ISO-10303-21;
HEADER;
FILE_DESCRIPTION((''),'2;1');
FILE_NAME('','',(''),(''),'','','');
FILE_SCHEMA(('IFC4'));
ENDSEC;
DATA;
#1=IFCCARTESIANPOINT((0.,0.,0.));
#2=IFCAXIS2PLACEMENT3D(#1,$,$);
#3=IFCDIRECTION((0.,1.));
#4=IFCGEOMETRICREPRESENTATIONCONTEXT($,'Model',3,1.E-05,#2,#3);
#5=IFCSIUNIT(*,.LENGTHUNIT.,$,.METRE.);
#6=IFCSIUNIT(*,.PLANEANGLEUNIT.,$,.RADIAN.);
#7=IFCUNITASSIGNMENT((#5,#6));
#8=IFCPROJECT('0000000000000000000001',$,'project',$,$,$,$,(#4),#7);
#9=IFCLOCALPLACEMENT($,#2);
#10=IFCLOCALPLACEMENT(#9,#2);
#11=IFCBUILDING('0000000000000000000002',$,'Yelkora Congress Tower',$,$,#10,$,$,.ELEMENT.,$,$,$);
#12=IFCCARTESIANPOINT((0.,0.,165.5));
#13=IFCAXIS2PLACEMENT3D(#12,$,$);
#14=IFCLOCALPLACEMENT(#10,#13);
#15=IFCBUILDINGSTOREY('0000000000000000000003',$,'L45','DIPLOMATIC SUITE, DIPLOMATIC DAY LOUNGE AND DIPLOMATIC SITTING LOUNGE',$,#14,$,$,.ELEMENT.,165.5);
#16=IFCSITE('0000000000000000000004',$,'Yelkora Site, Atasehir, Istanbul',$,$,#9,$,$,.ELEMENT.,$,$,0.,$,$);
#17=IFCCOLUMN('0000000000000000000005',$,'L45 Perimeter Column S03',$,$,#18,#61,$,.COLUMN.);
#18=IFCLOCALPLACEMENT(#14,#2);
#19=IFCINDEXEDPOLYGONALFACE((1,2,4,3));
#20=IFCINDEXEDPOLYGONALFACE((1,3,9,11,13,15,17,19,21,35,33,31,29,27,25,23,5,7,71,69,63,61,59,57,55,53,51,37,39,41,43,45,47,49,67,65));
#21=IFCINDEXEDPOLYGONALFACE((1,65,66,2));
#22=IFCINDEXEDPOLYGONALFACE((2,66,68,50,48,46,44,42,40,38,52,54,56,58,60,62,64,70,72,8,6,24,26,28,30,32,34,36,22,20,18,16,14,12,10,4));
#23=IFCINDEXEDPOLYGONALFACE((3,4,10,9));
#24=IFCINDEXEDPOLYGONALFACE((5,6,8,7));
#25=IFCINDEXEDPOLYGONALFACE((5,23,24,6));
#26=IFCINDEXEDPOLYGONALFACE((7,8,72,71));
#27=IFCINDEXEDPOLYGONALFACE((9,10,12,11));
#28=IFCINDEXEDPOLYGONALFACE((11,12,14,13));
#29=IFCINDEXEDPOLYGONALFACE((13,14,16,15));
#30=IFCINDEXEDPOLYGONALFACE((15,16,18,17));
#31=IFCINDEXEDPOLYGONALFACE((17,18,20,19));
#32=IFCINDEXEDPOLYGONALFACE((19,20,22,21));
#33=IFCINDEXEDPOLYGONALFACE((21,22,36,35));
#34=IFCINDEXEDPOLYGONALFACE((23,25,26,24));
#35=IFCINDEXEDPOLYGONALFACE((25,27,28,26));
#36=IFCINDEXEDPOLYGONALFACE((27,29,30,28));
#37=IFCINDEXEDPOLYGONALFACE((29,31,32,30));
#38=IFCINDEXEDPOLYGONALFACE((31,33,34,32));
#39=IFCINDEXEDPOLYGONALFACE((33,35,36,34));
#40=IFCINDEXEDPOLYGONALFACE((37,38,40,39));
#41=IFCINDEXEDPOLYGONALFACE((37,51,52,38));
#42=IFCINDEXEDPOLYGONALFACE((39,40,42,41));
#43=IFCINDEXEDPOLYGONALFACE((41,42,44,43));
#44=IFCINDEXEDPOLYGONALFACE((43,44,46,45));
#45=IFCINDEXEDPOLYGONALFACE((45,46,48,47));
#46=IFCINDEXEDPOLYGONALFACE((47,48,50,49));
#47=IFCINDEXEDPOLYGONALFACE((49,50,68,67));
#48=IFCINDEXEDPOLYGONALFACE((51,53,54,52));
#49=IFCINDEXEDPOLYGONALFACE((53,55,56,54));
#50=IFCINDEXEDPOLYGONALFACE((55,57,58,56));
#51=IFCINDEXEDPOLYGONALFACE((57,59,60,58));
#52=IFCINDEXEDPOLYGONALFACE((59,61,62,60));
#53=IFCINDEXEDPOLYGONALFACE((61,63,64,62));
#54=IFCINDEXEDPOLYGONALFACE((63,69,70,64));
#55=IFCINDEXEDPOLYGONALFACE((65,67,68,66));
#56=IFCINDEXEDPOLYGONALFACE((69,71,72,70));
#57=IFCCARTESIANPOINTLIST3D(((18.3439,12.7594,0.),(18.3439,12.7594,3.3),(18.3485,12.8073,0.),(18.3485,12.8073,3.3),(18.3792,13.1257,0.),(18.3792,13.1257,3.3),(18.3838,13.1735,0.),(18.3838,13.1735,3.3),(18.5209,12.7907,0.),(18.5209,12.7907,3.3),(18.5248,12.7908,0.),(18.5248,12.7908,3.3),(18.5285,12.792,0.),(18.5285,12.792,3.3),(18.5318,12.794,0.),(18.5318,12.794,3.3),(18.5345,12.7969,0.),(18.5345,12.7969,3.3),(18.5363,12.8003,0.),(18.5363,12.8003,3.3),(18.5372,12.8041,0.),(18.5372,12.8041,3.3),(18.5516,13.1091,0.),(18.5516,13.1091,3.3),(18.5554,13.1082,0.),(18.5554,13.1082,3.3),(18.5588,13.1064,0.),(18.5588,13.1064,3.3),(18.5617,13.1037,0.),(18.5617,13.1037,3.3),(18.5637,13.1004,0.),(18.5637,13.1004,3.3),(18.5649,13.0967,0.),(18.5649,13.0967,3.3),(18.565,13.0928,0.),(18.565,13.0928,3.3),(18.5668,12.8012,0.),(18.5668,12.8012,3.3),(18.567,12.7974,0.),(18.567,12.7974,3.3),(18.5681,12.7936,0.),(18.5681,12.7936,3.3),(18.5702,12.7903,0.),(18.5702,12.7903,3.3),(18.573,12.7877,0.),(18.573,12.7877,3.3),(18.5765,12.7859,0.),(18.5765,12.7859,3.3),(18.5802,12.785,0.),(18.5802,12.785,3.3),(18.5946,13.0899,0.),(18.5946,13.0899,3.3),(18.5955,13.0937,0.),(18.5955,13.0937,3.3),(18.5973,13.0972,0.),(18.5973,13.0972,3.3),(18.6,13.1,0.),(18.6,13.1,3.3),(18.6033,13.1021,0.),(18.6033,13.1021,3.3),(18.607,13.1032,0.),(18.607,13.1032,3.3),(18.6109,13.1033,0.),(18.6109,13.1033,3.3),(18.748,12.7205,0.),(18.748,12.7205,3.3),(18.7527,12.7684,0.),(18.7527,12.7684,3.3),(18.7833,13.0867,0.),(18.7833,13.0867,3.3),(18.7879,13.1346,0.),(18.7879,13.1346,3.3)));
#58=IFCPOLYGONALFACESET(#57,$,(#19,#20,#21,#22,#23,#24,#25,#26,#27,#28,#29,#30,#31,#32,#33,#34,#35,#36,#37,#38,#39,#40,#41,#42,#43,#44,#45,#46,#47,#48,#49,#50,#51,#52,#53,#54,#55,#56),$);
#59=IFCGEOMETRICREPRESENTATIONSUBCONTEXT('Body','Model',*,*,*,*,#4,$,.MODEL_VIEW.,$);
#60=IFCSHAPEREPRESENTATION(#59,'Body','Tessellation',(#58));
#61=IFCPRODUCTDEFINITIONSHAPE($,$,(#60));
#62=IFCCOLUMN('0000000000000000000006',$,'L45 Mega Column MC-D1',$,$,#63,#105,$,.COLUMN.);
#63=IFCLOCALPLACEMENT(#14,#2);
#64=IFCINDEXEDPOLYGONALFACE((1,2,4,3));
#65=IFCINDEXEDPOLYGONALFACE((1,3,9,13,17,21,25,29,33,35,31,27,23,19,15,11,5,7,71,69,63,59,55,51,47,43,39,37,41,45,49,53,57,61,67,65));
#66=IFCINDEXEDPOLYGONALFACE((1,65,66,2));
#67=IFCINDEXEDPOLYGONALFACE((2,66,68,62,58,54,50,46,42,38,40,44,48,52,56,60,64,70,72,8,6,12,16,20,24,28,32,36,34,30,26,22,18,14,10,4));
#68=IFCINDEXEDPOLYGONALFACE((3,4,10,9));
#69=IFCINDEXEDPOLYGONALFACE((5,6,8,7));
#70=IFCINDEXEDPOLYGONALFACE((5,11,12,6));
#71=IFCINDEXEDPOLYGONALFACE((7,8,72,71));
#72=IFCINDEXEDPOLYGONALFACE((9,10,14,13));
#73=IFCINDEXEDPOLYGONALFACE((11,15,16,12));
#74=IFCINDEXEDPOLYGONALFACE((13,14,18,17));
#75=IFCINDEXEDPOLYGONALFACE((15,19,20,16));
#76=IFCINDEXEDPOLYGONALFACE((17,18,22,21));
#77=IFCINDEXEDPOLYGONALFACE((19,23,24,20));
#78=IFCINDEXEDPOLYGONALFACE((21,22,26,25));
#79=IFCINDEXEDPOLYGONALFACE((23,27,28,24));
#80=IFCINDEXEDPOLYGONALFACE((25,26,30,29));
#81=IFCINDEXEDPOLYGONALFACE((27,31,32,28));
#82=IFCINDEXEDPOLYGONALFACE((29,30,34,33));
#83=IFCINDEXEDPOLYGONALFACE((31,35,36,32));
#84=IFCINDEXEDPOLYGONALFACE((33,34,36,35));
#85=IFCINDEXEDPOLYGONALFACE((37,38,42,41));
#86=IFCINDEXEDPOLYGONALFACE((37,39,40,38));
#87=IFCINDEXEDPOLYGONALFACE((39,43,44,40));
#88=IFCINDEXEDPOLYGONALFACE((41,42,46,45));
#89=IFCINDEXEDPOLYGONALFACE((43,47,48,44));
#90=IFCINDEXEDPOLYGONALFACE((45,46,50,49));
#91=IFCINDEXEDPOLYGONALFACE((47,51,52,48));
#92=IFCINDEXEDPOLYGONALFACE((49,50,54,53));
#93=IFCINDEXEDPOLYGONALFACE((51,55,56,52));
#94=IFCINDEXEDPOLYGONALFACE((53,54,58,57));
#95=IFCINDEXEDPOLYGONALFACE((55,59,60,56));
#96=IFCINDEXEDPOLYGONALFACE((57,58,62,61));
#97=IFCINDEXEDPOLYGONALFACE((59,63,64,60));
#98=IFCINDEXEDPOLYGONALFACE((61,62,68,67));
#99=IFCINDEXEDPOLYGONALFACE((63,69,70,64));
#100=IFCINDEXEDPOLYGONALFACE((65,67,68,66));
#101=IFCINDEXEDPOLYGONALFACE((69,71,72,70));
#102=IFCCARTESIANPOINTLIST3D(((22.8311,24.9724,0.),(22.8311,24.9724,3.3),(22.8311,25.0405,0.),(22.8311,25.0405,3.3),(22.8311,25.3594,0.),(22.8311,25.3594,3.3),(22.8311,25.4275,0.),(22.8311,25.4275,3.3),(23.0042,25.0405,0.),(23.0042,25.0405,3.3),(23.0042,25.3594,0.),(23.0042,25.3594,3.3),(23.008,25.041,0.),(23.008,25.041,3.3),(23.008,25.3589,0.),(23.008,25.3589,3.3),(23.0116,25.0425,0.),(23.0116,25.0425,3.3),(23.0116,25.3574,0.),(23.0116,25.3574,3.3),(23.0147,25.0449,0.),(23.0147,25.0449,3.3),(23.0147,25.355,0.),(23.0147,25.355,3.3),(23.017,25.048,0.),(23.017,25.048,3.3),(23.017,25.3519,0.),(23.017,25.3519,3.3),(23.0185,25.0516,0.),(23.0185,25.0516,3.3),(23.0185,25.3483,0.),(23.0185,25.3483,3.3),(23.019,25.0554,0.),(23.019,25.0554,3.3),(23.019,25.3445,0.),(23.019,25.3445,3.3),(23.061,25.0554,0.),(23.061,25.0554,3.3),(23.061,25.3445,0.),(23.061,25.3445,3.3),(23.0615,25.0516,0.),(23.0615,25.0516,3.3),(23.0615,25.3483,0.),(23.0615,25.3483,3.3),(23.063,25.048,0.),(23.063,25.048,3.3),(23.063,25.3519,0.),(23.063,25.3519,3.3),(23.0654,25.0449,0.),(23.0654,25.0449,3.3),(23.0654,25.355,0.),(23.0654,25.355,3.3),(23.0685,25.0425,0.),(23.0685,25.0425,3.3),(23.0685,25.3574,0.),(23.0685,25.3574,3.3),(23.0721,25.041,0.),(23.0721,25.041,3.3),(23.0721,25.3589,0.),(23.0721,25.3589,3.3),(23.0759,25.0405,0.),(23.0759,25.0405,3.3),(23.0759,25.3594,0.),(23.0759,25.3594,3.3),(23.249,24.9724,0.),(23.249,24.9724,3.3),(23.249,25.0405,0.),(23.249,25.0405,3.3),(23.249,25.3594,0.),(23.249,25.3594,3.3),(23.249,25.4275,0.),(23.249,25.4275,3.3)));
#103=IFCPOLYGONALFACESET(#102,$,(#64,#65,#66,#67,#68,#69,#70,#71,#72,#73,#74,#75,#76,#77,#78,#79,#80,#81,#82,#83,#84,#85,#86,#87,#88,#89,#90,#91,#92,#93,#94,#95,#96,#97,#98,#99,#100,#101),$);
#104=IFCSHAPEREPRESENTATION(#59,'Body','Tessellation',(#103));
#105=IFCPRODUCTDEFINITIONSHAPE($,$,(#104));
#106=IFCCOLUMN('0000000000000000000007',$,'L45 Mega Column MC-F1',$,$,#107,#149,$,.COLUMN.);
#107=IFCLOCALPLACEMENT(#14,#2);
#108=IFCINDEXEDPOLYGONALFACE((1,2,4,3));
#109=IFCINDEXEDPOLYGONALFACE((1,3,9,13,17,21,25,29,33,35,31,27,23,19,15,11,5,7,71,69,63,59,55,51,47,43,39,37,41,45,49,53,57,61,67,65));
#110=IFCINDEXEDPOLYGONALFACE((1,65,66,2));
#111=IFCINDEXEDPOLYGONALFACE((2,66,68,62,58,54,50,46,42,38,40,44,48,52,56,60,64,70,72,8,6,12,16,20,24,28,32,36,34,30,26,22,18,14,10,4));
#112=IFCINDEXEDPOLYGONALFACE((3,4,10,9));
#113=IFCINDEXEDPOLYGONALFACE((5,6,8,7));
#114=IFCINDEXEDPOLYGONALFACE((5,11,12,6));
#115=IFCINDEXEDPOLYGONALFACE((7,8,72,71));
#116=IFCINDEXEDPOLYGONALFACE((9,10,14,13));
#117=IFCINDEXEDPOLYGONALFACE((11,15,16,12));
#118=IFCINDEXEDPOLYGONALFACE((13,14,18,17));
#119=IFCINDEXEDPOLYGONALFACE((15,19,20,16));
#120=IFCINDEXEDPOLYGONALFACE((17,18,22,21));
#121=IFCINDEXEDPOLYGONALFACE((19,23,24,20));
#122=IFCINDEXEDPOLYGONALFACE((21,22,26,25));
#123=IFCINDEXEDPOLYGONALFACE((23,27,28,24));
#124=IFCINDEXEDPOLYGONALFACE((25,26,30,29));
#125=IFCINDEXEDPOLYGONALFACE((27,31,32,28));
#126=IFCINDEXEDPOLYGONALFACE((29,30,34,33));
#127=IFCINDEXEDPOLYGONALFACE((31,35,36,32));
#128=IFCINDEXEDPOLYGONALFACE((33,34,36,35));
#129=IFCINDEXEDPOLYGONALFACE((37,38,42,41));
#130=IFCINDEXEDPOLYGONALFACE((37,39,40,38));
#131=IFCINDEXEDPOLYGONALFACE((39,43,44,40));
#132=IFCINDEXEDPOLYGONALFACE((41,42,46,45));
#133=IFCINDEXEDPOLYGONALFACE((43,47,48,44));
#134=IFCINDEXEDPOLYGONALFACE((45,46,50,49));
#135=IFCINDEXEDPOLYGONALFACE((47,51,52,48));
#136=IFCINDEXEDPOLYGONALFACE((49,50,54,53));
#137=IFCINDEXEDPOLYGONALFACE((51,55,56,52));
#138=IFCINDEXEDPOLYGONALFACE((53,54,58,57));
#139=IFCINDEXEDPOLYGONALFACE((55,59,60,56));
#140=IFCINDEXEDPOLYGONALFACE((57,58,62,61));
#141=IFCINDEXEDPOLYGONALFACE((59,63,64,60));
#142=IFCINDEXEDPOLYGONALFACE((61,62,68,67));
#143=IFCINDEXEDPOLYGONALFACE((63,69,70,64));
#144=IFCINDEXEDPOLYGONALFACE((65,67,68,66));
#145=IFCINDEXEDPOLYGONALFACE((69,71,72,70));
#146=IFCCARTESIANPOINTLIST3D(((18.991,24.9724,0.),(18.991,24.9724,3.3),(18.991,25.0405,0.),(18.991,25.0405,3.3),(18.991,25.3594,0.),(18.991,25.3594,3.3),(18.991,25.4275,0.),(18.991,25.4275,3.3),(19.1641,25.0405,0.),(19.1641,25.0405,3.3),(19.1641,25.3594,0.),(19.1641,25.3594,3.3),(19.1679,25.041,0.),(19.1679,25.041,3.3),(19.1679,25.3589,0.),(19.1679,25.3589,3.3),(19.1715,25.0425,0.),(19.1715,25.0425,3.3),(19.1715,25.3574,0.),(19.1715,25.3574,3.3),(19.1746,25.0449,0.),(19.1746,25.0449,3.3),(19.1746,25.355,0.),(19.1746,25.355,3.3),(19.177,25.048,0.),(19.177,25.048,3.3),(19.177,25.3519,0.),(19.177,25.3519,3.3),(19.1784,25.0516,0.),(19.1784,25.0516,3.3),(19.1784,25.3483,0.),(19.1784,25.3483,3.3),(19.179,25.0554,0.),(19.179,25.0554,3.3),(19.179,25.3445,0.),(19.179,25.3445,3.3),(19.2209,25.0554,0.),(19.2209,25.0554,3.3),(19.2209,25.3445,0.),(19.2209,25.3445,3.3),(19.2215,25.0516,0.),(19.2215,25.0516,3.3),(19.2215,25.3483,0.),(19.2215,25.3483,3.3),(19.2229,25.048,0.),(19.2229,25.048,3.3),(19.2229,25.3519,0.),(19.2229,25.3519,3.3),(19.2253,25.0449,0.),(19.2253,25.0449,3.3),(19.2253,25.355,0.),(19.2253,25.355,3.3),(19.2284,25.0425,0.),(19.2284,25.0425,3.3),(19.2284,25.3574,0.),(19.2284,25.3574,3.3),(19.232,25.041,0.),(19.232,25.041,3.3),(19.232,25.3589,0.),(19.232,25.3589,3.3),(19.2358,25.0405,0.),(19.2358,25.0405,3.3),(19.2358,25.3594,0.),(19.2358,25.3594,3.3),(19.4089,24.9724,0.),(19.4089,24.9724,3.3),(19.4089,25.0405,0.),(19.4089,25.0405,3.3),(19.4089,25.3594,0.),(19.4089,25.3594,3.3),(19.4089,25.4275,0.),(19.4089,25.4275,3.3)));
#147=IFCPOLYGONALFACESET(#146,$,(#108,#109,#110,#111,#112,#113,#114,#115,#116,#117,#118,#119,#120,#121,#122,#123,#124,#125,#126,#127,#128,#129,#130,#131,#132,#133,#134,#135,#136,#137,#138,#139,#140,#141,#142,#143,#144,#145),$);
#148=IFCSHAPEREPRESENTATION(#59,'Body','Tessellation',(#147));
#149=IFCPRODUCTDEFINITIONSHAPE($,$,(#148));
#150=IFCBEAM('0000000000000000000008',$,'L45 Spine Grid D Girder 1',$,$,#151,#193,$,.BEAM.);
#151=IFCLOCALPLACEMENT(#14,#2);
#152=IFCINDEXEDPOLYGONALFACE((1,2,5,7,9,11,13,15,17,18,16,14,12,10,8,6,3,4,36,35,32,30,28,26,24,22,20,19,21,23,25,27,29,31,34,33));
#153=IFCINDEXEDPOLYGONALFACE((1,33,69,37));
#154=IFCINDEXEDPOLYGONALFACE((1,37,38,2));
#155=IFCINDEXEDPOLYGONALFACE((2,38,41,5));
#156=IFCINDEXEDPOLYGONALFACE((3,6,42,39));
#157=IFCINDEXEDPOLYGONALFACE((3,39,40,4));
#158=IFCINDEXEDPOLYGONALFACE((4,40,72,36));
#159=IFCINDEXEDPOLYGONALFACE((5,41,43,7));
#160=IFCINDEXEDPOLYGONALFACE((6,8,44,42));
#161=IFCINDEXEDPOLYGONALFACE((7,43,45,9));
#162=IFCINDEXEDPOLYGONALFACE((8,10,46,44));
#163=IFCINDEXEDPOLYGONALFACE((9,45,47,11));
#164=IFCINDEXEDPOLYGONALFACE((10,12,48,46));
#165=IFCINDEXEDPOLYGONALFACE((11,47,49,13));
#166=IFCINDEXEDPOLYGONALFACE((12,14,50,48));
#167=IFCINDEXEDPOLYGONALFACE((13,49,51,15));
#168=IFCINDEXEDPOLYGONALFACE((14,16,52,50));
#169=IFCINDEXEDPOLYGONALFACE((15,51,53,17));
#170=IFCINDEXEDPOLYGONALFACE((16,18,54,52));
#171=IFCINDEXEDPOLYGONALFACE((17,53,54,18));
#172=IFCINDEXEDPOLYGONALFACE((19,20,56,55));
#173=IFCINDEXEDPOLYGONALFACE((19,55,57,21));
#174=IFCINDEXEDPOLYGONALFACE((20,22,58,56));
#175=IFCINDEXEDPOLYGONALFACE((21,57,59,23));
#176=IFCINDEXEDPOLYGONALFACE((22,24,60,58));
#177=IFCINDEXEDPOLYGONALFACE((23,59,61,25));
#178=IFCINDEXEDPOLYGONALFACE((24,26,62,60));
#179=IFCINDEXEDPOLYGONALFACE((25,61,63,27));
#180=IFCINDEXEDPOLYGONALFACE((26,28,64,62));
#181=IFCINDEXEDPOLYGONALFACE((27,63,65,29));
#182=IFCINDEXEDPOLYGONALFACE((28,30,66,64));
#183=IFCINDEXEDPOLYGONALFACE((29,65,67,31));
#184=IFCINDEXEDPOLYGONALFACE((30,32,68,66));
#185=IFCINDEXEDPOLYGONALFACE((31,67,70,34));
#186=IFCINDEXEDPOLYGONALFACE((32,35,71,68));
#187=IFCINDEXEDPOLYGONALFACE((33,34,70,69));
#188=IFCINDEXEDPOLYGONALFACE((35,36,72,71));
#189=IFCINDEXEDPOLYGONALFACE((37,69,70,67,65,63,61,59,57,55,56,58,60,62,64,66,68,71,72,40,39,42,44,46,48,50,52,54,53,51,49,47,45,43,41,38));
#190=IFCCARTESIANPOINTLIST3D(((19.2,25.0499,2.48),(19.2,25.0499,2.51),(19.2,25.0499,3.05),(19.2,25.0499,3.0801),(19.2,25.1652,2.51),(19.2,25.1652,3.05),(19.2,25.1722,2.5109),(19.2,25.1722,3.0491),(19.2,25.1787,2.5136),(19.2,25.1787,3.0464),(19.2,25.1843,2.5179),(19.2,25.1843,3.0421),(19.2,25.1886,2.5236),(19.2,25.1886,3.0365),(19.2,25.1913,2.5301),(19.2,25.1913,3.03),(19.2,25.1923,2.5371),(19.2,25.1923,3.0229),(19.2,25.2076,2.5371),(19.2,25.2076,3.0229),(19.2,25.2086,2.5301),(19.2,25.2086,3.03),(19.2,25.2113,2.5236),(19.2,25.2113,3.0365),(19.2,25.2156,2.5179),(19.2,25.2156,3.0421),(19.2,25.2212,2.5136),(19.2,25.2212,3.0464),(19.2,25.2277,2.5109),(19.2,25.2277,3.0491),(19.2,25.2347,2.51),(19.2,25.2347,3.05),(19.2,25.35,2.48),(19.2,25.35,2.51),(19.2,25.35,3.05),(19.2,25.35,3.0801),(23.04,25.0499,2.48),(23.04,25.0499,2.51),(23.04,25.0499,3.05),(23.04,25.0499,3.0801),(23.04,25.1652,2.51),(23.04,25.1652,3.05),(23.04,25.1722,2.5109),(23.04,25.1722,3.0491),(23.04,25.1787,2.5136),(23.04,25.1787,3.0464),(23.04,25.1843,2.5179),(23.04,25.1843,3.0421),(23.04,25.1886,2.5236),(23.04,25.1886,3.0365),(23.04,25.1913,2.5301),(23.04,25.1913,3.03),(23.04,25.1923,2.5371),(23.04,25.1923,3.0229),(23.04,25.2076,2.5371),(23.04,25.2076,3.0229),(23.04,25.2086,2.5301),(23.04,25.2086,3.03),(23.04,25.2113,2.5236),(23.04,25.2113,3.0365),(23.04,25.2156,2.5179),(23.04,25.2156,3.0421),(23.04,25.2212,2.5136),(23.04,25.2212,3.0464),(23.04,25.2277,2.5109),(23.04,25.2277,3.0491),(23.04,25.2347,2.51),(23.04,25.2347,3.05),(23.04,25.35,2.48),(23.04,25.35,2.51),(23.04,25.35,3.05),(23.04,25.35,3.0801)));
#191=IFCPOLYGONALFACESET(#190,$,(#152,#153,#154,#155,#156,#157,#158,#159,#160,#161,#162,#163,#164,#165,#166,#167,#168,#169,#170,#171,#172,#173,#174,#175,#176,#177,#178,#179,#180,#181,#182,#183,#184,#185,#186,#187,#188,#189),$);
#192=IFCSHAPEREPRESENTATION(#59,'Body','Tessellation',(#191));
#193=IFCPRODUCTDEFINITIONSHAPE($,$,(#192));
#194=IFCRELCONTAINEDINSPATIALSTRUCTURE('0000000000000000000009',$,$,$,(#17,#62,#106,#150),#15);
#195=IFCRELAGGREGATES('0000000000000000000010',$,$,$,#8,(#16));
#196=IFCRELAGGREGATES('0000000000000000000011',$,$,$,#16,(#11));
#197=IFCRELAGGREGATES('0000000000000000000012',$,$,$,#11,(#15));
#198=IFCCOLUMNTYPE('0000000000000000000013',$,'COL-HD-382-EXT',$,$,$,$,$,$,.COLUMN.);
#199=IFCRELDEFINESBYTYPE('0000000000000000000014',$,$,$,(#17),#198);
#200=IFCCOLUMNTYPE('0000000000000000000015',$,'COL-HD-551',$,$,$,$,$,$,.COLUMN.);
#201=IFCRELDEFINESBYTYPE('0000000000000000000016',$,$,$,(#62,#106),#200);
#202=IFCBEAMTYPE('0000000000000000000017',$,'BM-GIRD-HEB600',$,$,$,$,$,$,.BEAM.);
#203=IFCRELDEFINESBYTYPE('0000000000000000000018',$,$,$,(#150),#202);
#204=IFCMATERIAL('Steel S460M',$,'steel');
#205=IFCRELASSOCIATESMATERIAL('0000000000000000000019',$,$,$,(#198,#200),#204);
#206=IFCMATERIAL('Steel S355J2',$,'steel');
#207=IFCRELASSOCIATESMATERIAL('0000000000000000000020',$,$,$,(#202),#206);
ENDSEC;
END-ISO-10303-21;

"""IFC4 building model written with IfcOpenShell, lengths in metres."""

from ifc_helpers import new_model, si_unit, direction, frame, origin, origin_2d, place, context, subcontext, project, spatial, i_section, extrude, material, material_profile, profile_set, type_object, element, save


model = new_model("IFC4")

# Units and contexts
model_context = context("Model", 3, precision=1e-05, world=origin(), true_north=direction((0.0, 1.0)))
body_context = subcontext(model_context, "Body", "Model", "MODEL_VIEW")
ifc_project = project(units=[si_unit("LENGTHUNIT", "METRE"), si_unit("PLANEANGLEUNIT", "RADIAN")], contexts=[model_context])

# Site, building, storey
site_placement = place(None, origin())
site = spatial("IfcSite", under=ifc_project, at=site_placement, Name="Yelkora Site, Atasehir, Istanbul", CompositionType="ELEMENT", RefElevation=0.0)
building_placement = place(site_placement, origin())
building = spatial("IfcBuilding", under=site, at=building_placement, Name="Yelkora Congress Tower", CompositionType="ELEMENT")
storey_placement = place(building_placement, frame((0.0, 0.0, 165.5)))
storey = spatial("IfcBuildingStorey", under=building, at=storey_placement, Name="L45", Description="DIPLOMATIC SUITE, DIPLOMATIC DAY LOUNGE AND DIPLOMATIC SITTING LOUNGE", CompositionType="ELEMENT", Elevation=165.5)

# Columns
ifc_material_1 = material(Name="Steel S460M", Category="steel")
ifc_material_profile_1 = material_profile(ifc_material_1, i_section(OverallWidth=0.406, OverallDepth=0.416, WebThickness=0.0298, FlangeThickness=0.0481, FilletRadius=0.0149, at=origin_2d()), Name="HD 400x382")
ifc_profile_set_1 = profile_set([ifc_material_profile_1], Name="Steel S460M")
column_type_1 = type_object("IfcColumnType", Name="COL-HD-382-EXT", PredefinedType="COLUMN", material=ifc_profile_set_1)
column_placement = place(storey_placement, frame((18.5659, 12.947, 0.0), z_axis=(0.0, 0.0, 1.0), x_axis=(0.995396, -0.095846, 0.0)))
element("IfcColumn", 1, at=column_placement, inside=storey, type_object=column_type_1, Name="L45 Perimeter Column S03", PredefinedType="COLUMN", context=body_context, shape_type="SweptSolid", body=[
    extrude(i_section(OverallWidth=0.406, OverallDepth=0.416, WebThickness=0.0298, FlangeThickness=0.0481, FilletRadius=0.0149, at=origin_2d()), origin(), (0.0, 0.0, 1.0), 3.3),
])
ifc_material_profile_2 = material_profile(ifc_material_1, i_section(OverallWidth=0.418, OverallDepth=0.4551, WebThickness=0.042, FlangeThickness=0.0681, FilletRadius=0.0149, at=origin_2d()), Name="HD 400x551")
ifc_profile_set_2 = profile_set([ifc_material_profile_2], Name="Steel S460M")
column_type_2 = type_object("IfcColumnType", Name="COL-HD-551", PredefinedType="COLUMN", material=ifc_profile_set_2)
for number, where, z_axis, x_axis, name in (
    (2, (23.04, 25.2, 0.0), (0.0, 0.0, 1.0), (1.0, 0.0, 0.0), "L45 Mega Column MC-D1"),
    (3, (19.2, 25.2, 0.0), (0.0, 0.0, 1.0), (1.0, 0.0, 0.0), "L45 Mega Column MC-F1"),
):
    element("IfcColumn", number, at=place(storey_placement, frame(where, z_axis=z_axis, x_axis=x_axis)), inside=storey, type_object=column_type_2, Name=name, PredefinedType="COLUMN", context=body_context, shape_type="SweptSolid", body=[
        extrude(i_section(OverallWidth=0.418, OverallDepth=0.4551, WebThickness=0.042, FlangeThickness=0.0681, FilletRadius=0.0149, at=origin_2d()), origin(), (0.0, 0.0, 1.0), 3.3),
    ])

# Beam
ifc_material_2 = material(Name="Steel S355J2", Category="steel")
ifc_material_profile_3 = material_profile(ifc_material_2, i_section(OverallWidth=0.3, OverallDepth=0.6001, WebThickness=0.0154, FlangeThickness=0.03, FilletRadius=0.0271, at=origin_2d()), Name="HEB 600")
ifc_profile_set_3 = profile_set([ifc_material_profile_3], Name="Steel S355J2")
beam_type_1 = type_object("IfcBeamType", Name="BM-GIRD-HEB600", PredefinedType="BEAM", material=ifc_profile_set_3)
beam_1_placement = place(storey_placement, frame((19.2, 25.2, 2.78), z_axis=(1.0, 0.0, 0.0), x_axis=(0.0, 1.0, 0.0)))
element("IfcBeam", 4, at=beam_1_placement, inside=storey, type_object=beam_type_1, Name="L45 Spine Grid D Girder 1", PredefinedType="BEAM", context=body_context, shape_type="SweptSolid", body=[
    extrude(i_section(OverallWidth=0.3, OverallDepth=0.6001, WebThickness=0.0154, FlangeThickness=0.03, FilletRadius=0.0271, at=origin_2d()), origin(), (0.0, 0.0, 1.0), 3.8401),
])

save(model, "model.ifc")
